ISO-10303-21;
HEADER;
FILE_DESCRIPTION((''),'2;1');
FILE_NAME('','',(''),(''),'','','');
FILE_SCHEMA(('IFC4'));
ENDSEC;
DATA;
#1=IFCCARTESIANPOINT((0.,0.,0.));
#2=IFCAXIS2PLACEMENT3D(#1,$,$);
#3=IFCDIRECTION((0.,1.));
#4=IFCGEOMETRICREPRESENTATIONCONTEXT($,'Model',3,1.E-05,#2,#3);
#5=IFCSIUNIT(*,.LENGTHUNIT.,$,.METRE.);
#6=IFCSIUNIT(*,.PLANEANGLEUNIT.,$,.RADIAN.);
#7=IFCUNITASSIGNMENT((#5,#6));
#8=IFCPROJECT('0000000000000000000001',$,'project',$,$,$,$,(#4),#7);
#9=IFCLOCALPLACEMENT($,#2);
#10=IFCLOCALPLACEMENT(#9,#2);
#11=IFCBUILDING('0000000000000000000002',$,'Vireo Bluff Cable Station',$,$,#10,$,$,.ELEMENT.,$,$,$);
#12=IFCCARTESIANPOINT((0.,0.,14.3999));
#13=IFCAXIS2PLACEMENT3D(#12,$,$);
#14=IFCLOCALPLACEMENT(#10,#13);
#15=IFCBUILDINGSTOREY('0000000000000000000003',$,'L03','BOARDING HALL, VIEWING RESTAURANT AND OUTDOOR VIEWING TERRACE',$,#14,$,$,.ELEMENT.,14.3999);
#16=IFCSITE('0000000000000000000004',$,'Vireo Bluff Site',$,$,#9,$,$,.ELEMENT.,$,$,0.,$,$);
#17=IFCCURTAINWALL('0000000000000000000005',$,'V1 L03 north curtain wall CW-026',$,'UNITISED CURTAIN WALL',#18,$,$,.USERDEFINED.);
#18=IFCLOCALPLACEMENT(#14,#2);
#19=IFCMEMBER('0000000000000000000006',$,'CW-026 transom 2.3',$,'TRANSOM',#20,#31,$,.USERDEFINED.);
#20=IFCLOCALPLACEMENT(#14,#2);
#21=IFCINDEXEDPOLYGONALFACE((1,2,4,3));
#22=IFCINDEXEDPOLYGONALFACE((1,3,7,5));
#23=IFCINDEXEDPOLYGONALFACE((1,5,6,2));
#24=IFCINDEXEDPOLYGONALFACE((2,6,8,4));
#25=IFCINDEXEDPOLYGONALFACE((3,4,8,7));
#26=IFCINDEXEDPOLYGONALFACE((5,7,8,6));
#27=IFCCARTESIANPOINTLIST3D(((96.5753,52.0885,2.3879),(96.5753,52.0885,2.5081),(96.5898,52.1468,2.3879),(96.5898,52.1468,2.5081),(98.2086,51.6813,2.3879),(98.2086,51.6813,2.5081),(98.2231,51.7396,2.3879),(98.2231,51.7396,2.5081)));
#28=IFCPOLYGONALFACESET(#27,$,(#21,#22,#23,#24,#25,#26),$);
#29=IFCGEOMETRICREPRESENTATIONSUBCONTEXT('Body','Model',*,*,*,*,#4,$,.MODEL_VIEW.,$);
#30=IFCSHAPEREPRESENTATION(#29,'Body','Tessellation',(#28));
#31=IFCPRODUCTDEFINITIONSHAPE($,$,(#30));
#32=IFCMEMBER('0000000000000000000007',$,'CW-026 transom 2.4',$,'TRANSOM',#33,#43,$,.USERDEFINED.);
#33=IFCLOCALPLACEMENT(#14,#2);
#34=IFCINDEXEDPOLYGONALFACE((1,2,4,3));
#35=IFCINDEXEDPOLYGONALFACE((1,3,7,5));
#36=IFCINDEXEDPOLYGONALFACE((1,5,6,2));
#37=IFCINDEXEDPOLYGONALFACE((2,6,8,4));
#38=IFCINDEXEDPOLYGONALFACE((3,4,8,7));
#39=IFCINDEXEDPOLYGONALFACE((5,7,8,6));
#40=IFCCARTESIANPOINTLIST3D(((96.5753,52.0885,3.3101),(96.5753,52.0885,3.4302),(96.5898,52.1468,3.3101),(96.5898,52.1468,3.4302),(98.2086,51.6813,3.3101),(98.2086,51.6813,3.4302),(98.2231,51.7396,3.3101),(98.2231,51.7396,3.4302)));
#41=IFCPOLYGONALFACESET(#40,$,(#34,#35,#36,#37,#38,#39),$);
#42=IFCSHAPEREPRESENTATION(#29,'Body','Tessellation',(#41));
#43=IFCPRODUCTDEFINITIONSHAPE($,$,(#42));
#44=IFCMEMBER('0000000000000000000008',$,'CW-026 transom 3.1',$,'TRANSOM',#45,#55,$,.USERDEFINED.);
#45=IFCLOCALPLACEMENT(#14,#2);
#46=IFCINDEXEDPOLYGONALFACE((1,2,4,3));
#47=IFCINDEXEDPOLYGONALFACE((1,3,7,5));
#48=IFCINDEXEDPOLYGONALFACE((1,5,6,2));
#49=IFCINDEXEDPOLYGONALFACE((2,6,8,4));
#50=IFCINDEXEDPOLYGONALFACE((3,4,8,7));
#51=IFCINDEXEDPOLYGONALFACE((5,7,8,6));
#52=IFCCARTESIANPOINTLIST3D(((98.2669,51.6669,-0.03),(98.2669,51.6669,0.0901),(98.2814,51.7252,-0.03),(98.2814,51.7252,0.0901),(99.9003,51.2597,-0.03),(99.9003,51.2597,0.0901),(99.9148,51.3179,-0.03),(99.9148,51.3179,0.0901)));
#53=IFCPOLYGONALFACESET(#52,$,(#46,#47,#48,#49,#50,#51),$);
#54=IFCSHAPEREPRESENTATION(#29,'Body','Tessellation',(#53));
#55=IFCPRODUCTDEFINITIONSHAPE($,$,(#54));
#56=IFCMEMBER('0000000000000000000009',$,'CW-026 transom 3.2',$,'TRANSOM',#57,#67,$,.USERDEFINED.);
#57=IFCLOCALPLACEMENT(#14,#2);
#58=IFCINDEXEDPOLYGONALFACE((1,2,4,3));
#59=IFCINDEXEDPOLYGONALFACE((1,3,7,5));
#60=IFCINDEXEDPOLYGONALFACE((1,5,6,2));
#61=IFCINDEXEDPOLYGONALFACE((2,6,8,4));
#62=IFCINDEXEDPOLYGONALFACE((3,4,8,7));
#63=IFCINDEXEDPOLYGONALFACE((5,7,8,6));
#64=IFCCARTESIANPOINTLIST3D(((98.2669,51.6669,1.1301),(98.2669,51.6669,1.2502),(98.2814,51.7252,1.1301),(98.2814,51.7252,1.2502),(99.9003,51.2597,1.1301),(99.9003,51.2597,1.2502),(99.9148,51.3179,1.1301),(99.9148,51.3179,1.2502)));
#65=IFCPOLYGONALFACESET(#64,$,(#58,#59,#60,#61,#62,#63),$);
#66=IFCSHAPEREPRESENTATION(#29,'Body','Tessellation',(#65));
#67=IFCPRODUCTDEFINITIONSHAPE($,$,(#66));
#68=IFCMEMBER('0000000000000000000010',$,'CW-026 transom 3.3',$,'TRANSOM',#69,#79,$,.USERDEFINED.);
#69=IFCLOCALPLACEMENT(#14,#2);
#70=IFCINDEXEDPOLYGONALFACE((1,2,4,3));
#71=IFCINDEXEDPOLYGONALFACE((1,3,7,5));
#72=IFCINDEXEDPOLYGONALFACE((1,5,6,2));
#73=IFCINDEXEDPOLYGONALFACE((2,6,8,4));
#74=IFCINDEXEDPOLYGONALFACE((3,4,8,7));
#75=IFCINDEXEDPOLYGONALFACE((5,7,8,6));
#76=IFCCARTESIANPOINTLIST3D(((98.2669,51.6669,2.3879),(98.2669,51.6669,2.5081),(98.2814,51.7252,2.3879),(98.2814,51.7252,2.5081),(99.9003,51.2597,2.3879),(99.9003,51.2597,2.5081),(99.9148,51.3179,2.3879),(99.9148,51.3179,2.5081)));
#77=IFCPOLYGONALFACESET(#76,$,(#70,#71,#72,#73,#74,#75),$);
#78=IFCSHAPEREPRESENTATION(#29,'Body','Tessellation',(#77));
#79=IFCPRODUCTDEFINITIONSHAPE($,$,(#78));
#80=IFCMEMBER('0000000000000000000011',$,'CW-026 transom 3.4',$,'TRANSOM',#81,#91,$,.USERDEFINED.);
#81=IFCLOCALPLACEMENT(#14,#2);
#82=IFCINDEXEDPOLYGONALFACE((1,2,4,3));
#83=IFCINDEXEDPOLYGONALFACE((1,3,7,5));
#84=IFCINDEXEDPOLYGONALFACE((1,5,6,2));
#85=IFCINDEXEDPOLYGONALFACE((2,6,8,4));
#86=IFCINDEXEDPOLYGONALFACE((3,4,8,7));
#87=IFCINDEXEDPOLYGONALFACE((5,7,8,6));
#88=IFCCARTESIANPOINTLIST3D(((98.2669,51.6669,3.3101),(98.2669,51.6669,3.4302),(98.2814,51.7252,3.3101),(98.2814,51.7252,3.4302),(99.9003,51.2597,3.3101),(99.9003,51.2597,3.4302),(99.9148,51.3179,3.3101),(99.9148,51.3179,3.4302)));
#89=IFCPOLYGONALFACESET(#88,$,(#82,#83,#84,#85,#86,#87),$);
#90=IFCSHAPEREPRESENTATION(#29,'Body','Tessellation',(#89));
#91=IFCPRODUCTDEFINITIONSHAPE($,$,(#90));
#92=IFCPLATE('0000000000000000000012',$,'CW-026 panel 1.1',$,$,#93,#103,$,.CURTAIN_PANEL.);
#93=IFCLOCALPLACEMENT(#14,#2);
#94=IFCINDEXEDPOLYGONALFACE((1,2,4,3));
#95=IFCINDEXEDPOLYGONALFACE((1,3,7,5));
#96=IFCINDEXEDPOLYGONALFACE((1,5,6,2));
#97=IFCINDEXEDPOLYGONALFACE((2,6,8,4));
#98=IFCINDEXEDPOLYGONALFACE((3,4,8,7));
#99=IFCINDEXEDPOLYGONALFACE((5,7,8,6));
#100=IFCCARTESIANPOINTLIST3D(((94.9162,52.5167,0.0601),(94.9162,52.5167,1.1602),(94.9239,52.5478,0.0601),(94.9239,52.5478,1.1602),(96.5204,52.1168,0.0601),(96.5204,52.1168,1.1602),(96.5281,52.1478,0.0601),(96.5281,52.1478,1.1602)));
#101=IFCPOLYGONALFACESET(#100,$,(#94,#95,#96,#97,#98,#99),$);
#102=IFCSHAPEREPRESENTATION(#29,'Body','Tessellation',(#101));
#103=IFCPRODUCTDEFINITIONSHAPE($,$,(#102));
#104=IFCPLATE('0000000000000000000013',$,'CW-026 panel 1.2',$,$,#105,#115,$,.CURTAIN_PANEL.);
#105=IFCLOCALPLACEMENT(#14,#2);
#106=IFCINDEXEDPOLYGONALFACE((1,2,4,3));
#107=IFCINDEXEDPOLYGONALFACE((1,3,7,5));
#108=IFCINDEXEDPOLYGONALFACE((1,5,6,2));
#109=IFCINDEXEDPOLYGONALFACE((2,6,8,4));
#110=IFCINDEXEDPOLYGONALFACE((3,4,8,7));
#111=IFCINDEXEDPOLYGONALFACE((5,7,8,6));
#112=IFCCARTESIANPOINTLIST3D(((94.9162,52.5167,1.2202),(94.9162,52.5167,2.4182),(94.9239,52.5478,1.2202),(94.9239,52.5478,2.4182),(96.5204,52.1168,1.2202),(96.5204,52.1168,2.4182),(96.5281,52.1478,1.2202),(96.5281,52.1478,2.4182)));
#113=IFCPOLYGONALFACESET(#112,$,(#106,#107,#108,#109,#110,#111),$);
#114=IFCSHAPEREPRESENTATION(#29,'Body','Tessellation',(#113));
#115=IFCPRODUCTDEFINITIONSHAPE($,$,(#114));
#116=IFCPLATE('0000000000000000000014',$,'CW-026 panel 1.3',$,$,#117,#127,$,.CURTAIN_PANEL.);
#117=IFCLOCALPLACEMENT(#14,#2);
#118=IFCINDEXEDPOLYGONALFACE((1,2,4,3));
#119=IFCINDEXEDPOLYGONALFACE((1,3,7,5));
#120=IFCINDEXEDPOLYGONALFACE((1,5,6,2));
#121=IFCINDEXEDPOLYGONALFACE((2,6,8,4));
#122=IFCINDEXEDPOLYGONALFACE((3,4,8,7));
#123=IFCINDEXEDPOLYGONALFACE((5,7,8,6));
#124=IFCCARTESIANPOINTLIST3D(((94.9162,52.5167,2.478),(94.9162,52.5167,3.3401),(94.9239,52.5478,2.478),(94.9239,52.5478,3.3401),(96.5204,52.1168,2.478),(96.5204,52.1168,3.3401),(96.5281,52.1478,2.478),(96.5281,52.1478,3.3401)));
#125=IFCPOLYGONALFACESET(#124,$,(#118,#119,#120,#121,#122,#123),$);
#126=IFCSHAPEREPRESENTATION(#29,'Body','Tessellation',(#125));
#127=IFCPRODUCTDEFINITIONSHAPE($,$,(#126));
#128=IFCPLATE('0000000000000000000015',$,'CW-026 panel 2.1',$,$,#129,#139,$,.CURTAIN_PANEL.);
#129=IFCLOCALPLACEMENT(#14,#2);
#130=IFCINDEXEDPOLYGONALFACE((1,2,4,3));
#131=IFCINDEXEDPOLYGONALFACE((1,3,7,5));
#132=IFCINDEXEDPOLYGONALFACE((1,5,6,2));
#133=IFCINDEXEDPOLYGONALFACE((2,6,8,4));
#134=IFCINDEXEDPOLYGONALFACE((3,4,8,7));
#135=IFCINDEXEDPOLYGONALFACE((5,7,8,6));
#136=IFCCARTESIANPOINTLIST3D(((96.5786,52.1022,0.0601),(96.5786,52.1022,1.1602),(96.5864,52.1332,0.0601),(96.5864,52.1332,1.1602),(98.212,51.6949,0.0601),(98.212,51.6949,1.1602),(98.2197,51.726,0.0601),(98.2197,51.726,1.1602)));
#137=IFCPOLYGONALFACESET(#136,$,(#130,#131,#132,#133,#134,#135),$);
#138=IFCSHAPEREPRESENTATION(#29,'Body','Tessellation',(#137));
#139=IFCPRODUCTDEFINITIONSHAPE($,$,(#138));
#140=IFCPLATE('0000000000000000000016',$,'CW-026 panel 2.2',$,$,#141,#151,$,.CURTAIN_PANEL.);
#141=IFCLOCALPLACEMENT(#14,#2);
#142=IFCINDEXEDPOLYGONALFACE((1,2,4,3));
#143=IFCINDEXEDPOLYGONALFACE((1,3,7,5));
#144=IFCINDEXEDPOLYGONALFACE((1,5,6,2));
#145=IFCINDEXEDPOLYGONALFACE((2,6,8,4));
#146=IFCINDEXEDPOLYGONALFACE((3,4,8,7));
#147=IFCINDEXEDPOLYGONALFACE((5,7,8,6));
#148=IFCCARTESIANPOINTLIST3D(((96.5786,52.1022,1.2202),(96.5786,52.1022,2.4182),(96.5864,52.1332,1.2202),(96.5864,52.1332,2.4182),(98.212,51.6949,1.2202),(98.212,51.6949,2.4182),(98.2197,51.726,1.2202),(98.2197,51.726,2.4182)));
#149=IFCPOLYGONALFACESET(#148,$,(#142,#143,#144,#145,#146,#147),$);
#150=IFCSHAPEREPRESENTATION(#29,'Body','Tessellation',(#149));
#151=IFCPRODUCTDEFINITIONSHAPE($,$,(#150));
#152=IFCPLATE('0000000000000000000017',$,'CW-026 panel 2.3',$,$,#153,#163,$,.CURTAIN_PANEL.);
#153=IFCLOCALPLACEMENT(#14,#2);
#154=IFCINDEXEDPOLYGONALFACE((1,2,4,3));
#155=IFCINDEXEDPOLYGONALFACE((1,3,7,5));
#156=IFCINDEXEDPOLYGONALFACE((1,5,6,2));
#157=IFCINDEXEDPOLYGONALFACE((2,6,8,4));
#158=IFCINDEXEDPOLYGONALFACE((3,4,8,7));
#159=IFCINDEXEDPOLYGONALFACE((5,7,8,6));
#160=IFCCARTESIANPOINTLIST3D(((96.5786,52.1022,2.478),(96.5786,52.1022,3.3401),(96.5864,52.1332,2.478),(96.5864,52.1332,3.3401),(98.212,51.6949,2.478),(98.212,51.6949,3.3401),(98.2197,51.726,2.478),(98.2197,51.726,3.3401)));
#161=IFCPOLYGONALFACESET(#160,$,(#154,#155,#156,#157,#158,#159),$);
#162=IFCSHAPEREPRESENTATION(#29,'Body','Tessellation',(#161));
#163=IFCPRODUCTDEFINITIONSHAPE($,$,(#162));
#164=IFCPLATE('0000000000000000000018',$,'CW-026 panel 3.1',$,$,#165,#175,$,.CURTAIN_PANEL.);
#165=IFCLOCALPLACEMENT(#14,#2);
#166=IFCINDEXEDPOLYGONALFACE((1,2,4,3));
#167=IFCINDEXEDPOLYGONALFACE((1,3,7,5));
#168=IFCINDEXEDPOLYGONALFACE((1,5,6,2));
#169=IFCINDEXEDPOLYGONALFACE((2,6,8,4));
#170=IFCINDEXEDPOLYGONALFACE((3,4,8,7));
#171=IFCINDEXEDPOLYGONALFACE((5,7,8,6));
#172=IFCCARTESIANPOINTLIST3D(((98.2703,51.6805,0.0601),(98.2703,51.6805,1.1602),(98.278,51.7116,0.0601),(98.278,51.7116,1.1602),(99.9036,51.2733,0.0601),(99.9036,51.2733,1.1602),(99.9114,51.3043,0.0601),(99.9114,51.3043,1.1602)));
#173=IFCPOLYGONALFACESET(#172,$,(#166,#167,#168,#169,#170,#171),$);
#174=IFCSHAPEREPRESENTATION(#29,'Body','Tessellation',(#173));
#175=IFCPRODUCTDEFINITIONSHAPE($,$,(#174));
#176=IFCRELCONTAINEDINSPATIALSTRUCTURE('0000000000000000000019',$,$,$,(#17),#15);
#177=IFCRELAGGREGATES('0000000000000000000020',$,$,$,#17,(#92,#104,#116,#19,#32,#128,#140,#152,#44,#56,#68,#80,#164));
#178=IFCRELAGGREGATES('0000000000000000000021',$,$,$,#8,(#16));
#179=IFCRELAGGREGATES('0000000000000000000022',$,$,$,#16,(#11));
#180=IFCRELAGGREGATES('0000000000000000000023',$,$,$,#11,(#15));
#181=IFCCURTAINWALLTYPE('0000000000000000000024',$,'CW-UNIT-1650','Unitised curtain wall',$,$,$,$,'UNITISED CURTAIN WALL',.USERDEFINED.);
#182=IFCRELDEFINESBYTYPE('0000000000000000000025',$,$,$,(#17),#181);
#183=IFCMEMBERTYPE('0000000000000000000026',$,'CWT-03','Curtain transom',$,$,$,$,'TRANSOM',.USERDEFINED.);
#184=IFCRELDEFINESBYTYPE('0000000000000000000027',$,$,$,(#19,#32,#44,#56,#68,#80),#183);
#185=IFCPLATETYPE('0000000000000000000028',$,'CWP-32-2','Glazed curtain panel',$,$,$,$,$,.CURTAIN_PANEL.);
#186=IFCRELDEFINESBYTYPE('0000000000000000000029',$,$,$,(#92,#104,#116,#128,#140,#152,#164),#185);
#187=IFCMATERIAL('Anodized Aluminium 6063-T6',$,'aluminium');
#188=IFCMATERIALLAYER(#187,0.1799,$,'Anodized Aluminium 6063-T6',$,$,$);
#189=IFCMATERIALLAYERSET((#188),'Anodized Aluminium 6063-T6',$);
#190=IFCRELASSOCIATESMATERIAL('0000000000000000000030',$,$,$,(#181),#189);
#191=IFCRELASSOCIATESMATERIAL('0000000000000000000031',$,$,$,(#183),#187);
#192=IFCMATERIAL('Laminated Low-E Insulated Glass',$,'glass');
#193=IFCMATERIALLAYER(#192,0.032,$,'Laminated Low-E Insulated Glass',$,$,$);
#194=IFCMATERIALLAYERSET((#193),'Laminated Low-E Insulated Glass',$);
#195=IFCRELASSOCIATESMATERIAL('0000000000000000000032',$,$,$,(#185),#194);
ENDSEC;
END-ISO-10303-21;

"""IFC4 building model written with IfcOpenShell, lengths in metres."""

from ifc_helpers import new_model, si_unit, direction, frame, origin, origin_2d, place, context, subcontext, project, spatial, rectangle, extrude, material, layer, layer_set, material_profile, profile_set, type_object, element, aggregate, save


model = new_model("IFC4")

# Units and contexts
model_context = context("Model", 3, precision=1e-05, world=origin(), true_north=direction((0.0, 1.0)))
body_context = subcontext(model_context, "Body", "Model", "MODEL_VIEW")
ifc_project = project(units=[si_unit("LENGTHUNIT", "METRE"), si_unit("PLANEANGLEUNIT", "RADIAN")], contexts=[model_context])

# Site, building, storey
site_placement = place(None, origin())
site = spatial("IfcSite", under=ifc_project, at=site_placement, Name="Vireo Bluff Site", CompositionType="ELEMENT", RefElevation=0.0)
building_placement = place(site_placement, origin())
building = spatial("IfcBuilding", under=site, at=building_placement, Name="Vireo Bluff Cable Station", CompositionType="ELEMENT")
storey_placement = place(building_placement, frame((0.0, 0.0, 14.3999)))
storey = spatial("IfcBuildingStorey", under=building, at=storey_placement, Name="L03", Description="BOARDING HALL, VIEWING RESTAURANT AND OUTDOOR VIEWING TERRACE", CompositionType="ELEMENT", Elevation=14.3999)

# Shared definitions
ifc_material_1 = material(Name="Anodized Aluminium 6063-T6", Category="aluminium")

# Curtain wall, members, plates
ifc_layer_1 = layer(ifc_material_1, 0.1799, Name="Anodized Aluminium 6063-T6")
ifc_layer_set_1 = layer_set([ifc_layer_1], Name="Anodized Aluminium 6063-T6")
curtain_wall_type_1 = type_object("IfcCurtainWallType", Name="CW-UNIT-1650", Description="Unitised curtain wall", ElementType="UNITISED CURTAIN WALL", PredefinedType="USERDEFINED", material=ifc_layer_set_1)
curtain_wall_1_placement = place(storey_placement, origin())
curtain_wall_1 = element("IfcCurtainWall", 1, at=curtain_wall_1_placement, inside=storey, type_object=curtain_wall_type_1, Name="V1 L03 north curtain wall CW-026", ObjectType="UNITISED CURTAIN WALL", PredefinedType="USERDEFINED")
ifc_material_profile_1 = material_profile(ifc_material_1, rectangle(XDim=0.0601, YDim=0.1201, at=origin_2d()), Name="ALU-T-60X120")
ifc_profile_set_1 = profile_set([ifc_material_profile_1], Name="Anodized Aluminium 6063-T6")
member_type_1 = type_object("IfcMemberType", Name="CWT-03", Description="Curtain transom", ElementType="TRANSOM", PredefinedType="USERDEFINED", material=ifc_profile_set_1)
member_1_placement = place(storey_placement, frame((96.5825, 52.1177, 2.448), z_axis=(0.970296, -0.241921, 0.0), x_axis=(0.241921, 0.970296, 0.0)))
member_1 = element("IfcMember", 2, at=member_1_placement, type_object=member_type_1, Name="CW-026 transom 2.3", ObjectType="TRANSOM", PredefinedType="USERDEFINED", context=body_context, shape_type="SweptSolid", body=[
    extrude(rectangle(XDim=0.0601, YDim=0.1201, at=origin_2d()), origin(), (0.0, 0.0, 1.0), 1.6833),
])
member_2_placement = place(storey_placement, frame((96.5825, 52.1177, 3.3701), z_axis=(0.970296, -0.241921, 0.0), x_axis=(0.241921, 0.970296, 0.0)))
member_2 = element("IfcMember", 3, at=member_2_placement, type_object=member_type_1, Name="CW-026 transom 2.4", ObjectType="TRANSOM", PredefinedType="USERDEFINED", context=body_context, shape_type="SweptSolid", body=[
    extrude(rectangle(XDim=0.0601, YDim=0.1201, at=origin_2d()), origin(), (0.0, 0.0, 1.0), 1.6833),
])
member_3_placement = place(storey_placement, frame((98.2742, 51.696, 0.03), z_axis=(0.970296, -0.241921, 0.0), x_axis=(0.241921, 0.970296, 0.0)))
member_3 = element("IfcMember", 4, at=member_3_placement, type_object=member_type_1, Name="CW-026 transom 3.1", ObjectType="TRANSOM", PredefinedType="USERDEFINED", context=body_context, shape_type="SweptSolid", body=[
    extrude(rectangle(XDim=0.0601, YDim=0.1201, at=origin_2d()), origin(), (0.0, 0.0, 1.0), 1.6833),
])
member_4_placement = place(storey_placement, frame((98.2742, 51.696, 1.1902), z_axis=(0.970296, -0.241921, 0.0), x_axis=(0.241921, 0.970296, 0.0)))
member_4 = element("IfcMember", 5, at=member_4_placement, type_object=member_type_1, Name="CW-026 transom 3.2", ObjectType="TRANSOM", PredefinedType="USERDEFINED", context=body_context, shape_type="SweptSolid", body=[
    extrude(rectangle(XDim=0.0601, YDim=0.1201, at=origin_2d()), origin(), (0.0, 0.0, 1.0), 1.6833),
])
member_5_placement = place(storey_placement, frame((98.2742, 51.696, 2.448), z_axis=(0.970296, -0.241921, 0.0), x_axis=(0.241921, 0.970296, 0.0)))
member_5 = element("IfcMember", 6, at=member_5_placement, type_object=member_type_1, Name="CW-026 transom 3.3", ObjectType="TRANSOM", PredefinedType="USERDEFINED", context=body_context, shape_type="SweptSolid", body=[
    extrude(rectangle(XDim=0.0601, YDim=0.1201, at=origin_2d()), origin(), (0.0, 0.0, 1.0), 1.6833),
])
member_6_placement = place(storey_placement, frame((98.2742, 51.696, 3.3701), z_axis=(0.970296, -0.241921, 0.0), x_axis=(0.241921, 0.970296, 0.0)))
member_6 = element("IfcMember", 7, at=member_6_placement, type_object=member_type_1, Name="CW-026 transom 3.4", ObjectType="TRANSOM", PredefinedType="USERDEFINED", context=body_context, shape_type="SweptSolid", body=[
    extrude(rectangle(XDim=0.0601, YDim=0.1201, at=origin_2d()), origin(), (0.0, 0.0, 1.0), 1.6833),
])
ifc_material_2 = material(Name="Laminated Low-E Insulated Glass", Category="glass")
ifc_layer_2 = layer(ifc_material_2, 0.032, Name="Laminated Low-E Insulated Glass")
ifc_layer_set_2 = layer_set([ifc_layer_2], Name="Laminated Low-E Insulated Glass")
plate_type = type_object("IfcPlateType", Name="CWP-32-2", Description="Glazed curtain panel", PredefinedType="CURTAIN_PANEL", material=ifc_layer_set_2)
plate_1_placement = place(storey_placement, frame((95.7222, 52.3323, 0.0601), z_axis=(0.0, 0.0, 1.0), x_axis=(0.970296, -0.241922, 0.0)))
plate_1 = element("IfcPlate", 8, at=plate_1_placement, type_object=plate_type, Name="CW-026 panel 1.1", PredefinedType="CURTAIN_PANEL", context=body_context, shape_type="SweptSolid", body=[
    extrude(rectangle(XDim=1.6533, YDim=0.032, at=origin_2d()), origin(), (0.0, 0.0, 1.0), 1.1001),
])
plate_2_placement = place(storey_placement, frame((95.7222, 52.3323, 1.2202), z_axis=(0.0, 0.0, 1.0), x_axis=(0.970296, -0.241922, 0.0)))
plate_2 = element("IfcPlate", 9, at=plate_2_placement, type_object=plate_type, Name="CW-026 panel 1.2", PredefinedType="CURTAIN_PANEL", context=body_context, shape_type="SweptSolid", body=[
    extrude(rectangle(XDim=1.6533, YDim=0.032, at=origin_2d()), origin(), (0.0, 0.0, 1.0), 1.198),
])
plate_3_placement = place(storey_placement, frame((95.7222, 52.3323, 2.478), z_axis=(0.0, 0.0, 1.0), x_axis=(0.970296, -0.241922, 0.0)))
plate_3 = element("IfcPlate", 10, at=plate_3_placement, type_object=plate_type, Name="CW-026 panel 1.3", PredefinedType="CURTAIN_PANEL", context=body_context, shape_type="SweptSolid", body=[
    extrude(rectangle(XDim=1.6533, YDim=0.032, at=origin_2d()), origin(), (0.0, 0.0, 1.0), 0.8621),
])
plate_4_placement = place(storey_placement, frame((97.3992, 51.9141, 0.0601), z_axis=(0.0, 0.0, 1.0), x_axis=(0.970296, -0.241922, 0.0)))
plate_4 = element("IfcPlate", 11, at=plate_4_placement, type_object=plate_type, Name="CW-026 panel 2.1", PredefinedType="CURTAIN_PANEL", context=body_context, shape_type="SweptSolid", body=[
    extrude(rectangle(XDim=1.6833, YDim=0.032, at=origin_2d()), origin(), (0.0, 0.0, 1.0), 1.1001),
])
plate_5_placement = place(storey_placement, frame((97.3992, 51.9141, 1.2202), z_axis=(0.0, 0.0, 1.0), x_axis=(0.970296, -0.241922, 0.0)))
plate_5 = element("IfcPlate", 12, at=plate_5_placement, type_object=plate_type, Name="CW-026 panel 2.2", PredefinedType="CURTAIN_PANEL", context=body_context, shape_type="SweptSolid", body=[
    extrude(rectangle(XDim=1.6833, YDim=0.032, at=origin_2d()), origin(), (0.0, 0.0, 1.0), 1.198),
])
plate_6_placement = place(storey_placement, frame((97.3992, 51.9141, 2.478), z_axis=(0.0, 0.0, 1.0), x_axis=(0.970296, -0.241922, 0.0)))
plate_6 = element("IfcPlate", 13, at=plate_6_placement, type_object=plate_type, Name="CW-026 panel 2.3", PredefinedType="CURTAIN_PANEL", context=body_context, shape_type="SweptSolid", body=[
    extrude(rectangle(XDim=1.6833, YDim=0.032, at=origin_2d()), origin(), (0.0, 0.0, 1.0), 0.8621),
])
plate_7_placement = place(storey_placement, frame((99.0908, 51.4924, 0.0601), z_axis=(0.0, 0.0, 1.0), x_axis=(0.970296, -0.241922, 0.0)))
plate_7 = element("IfcPlate", 14, at=plate_7_placement, type_object=plate_type, Name="CW-026 panel 3.1", PredefinedType="CURTAIN_PANEL", context=body_context, shape_type="SweptSolid", body=[
    extrude(rectangle(XDim=1.6833, YDim=0.032, at=origin_2d()), origin(), (0.0, 0.0, 1.0), 1.1001),
])
aggregate(curtain_wall_1, [plate_1, plate_2, plate_3, member_1, member_2, plate_4, plate_5, plate_6, member_3, member_4, member_5, member_6, plate_7])

save(model, "model.ifc")
